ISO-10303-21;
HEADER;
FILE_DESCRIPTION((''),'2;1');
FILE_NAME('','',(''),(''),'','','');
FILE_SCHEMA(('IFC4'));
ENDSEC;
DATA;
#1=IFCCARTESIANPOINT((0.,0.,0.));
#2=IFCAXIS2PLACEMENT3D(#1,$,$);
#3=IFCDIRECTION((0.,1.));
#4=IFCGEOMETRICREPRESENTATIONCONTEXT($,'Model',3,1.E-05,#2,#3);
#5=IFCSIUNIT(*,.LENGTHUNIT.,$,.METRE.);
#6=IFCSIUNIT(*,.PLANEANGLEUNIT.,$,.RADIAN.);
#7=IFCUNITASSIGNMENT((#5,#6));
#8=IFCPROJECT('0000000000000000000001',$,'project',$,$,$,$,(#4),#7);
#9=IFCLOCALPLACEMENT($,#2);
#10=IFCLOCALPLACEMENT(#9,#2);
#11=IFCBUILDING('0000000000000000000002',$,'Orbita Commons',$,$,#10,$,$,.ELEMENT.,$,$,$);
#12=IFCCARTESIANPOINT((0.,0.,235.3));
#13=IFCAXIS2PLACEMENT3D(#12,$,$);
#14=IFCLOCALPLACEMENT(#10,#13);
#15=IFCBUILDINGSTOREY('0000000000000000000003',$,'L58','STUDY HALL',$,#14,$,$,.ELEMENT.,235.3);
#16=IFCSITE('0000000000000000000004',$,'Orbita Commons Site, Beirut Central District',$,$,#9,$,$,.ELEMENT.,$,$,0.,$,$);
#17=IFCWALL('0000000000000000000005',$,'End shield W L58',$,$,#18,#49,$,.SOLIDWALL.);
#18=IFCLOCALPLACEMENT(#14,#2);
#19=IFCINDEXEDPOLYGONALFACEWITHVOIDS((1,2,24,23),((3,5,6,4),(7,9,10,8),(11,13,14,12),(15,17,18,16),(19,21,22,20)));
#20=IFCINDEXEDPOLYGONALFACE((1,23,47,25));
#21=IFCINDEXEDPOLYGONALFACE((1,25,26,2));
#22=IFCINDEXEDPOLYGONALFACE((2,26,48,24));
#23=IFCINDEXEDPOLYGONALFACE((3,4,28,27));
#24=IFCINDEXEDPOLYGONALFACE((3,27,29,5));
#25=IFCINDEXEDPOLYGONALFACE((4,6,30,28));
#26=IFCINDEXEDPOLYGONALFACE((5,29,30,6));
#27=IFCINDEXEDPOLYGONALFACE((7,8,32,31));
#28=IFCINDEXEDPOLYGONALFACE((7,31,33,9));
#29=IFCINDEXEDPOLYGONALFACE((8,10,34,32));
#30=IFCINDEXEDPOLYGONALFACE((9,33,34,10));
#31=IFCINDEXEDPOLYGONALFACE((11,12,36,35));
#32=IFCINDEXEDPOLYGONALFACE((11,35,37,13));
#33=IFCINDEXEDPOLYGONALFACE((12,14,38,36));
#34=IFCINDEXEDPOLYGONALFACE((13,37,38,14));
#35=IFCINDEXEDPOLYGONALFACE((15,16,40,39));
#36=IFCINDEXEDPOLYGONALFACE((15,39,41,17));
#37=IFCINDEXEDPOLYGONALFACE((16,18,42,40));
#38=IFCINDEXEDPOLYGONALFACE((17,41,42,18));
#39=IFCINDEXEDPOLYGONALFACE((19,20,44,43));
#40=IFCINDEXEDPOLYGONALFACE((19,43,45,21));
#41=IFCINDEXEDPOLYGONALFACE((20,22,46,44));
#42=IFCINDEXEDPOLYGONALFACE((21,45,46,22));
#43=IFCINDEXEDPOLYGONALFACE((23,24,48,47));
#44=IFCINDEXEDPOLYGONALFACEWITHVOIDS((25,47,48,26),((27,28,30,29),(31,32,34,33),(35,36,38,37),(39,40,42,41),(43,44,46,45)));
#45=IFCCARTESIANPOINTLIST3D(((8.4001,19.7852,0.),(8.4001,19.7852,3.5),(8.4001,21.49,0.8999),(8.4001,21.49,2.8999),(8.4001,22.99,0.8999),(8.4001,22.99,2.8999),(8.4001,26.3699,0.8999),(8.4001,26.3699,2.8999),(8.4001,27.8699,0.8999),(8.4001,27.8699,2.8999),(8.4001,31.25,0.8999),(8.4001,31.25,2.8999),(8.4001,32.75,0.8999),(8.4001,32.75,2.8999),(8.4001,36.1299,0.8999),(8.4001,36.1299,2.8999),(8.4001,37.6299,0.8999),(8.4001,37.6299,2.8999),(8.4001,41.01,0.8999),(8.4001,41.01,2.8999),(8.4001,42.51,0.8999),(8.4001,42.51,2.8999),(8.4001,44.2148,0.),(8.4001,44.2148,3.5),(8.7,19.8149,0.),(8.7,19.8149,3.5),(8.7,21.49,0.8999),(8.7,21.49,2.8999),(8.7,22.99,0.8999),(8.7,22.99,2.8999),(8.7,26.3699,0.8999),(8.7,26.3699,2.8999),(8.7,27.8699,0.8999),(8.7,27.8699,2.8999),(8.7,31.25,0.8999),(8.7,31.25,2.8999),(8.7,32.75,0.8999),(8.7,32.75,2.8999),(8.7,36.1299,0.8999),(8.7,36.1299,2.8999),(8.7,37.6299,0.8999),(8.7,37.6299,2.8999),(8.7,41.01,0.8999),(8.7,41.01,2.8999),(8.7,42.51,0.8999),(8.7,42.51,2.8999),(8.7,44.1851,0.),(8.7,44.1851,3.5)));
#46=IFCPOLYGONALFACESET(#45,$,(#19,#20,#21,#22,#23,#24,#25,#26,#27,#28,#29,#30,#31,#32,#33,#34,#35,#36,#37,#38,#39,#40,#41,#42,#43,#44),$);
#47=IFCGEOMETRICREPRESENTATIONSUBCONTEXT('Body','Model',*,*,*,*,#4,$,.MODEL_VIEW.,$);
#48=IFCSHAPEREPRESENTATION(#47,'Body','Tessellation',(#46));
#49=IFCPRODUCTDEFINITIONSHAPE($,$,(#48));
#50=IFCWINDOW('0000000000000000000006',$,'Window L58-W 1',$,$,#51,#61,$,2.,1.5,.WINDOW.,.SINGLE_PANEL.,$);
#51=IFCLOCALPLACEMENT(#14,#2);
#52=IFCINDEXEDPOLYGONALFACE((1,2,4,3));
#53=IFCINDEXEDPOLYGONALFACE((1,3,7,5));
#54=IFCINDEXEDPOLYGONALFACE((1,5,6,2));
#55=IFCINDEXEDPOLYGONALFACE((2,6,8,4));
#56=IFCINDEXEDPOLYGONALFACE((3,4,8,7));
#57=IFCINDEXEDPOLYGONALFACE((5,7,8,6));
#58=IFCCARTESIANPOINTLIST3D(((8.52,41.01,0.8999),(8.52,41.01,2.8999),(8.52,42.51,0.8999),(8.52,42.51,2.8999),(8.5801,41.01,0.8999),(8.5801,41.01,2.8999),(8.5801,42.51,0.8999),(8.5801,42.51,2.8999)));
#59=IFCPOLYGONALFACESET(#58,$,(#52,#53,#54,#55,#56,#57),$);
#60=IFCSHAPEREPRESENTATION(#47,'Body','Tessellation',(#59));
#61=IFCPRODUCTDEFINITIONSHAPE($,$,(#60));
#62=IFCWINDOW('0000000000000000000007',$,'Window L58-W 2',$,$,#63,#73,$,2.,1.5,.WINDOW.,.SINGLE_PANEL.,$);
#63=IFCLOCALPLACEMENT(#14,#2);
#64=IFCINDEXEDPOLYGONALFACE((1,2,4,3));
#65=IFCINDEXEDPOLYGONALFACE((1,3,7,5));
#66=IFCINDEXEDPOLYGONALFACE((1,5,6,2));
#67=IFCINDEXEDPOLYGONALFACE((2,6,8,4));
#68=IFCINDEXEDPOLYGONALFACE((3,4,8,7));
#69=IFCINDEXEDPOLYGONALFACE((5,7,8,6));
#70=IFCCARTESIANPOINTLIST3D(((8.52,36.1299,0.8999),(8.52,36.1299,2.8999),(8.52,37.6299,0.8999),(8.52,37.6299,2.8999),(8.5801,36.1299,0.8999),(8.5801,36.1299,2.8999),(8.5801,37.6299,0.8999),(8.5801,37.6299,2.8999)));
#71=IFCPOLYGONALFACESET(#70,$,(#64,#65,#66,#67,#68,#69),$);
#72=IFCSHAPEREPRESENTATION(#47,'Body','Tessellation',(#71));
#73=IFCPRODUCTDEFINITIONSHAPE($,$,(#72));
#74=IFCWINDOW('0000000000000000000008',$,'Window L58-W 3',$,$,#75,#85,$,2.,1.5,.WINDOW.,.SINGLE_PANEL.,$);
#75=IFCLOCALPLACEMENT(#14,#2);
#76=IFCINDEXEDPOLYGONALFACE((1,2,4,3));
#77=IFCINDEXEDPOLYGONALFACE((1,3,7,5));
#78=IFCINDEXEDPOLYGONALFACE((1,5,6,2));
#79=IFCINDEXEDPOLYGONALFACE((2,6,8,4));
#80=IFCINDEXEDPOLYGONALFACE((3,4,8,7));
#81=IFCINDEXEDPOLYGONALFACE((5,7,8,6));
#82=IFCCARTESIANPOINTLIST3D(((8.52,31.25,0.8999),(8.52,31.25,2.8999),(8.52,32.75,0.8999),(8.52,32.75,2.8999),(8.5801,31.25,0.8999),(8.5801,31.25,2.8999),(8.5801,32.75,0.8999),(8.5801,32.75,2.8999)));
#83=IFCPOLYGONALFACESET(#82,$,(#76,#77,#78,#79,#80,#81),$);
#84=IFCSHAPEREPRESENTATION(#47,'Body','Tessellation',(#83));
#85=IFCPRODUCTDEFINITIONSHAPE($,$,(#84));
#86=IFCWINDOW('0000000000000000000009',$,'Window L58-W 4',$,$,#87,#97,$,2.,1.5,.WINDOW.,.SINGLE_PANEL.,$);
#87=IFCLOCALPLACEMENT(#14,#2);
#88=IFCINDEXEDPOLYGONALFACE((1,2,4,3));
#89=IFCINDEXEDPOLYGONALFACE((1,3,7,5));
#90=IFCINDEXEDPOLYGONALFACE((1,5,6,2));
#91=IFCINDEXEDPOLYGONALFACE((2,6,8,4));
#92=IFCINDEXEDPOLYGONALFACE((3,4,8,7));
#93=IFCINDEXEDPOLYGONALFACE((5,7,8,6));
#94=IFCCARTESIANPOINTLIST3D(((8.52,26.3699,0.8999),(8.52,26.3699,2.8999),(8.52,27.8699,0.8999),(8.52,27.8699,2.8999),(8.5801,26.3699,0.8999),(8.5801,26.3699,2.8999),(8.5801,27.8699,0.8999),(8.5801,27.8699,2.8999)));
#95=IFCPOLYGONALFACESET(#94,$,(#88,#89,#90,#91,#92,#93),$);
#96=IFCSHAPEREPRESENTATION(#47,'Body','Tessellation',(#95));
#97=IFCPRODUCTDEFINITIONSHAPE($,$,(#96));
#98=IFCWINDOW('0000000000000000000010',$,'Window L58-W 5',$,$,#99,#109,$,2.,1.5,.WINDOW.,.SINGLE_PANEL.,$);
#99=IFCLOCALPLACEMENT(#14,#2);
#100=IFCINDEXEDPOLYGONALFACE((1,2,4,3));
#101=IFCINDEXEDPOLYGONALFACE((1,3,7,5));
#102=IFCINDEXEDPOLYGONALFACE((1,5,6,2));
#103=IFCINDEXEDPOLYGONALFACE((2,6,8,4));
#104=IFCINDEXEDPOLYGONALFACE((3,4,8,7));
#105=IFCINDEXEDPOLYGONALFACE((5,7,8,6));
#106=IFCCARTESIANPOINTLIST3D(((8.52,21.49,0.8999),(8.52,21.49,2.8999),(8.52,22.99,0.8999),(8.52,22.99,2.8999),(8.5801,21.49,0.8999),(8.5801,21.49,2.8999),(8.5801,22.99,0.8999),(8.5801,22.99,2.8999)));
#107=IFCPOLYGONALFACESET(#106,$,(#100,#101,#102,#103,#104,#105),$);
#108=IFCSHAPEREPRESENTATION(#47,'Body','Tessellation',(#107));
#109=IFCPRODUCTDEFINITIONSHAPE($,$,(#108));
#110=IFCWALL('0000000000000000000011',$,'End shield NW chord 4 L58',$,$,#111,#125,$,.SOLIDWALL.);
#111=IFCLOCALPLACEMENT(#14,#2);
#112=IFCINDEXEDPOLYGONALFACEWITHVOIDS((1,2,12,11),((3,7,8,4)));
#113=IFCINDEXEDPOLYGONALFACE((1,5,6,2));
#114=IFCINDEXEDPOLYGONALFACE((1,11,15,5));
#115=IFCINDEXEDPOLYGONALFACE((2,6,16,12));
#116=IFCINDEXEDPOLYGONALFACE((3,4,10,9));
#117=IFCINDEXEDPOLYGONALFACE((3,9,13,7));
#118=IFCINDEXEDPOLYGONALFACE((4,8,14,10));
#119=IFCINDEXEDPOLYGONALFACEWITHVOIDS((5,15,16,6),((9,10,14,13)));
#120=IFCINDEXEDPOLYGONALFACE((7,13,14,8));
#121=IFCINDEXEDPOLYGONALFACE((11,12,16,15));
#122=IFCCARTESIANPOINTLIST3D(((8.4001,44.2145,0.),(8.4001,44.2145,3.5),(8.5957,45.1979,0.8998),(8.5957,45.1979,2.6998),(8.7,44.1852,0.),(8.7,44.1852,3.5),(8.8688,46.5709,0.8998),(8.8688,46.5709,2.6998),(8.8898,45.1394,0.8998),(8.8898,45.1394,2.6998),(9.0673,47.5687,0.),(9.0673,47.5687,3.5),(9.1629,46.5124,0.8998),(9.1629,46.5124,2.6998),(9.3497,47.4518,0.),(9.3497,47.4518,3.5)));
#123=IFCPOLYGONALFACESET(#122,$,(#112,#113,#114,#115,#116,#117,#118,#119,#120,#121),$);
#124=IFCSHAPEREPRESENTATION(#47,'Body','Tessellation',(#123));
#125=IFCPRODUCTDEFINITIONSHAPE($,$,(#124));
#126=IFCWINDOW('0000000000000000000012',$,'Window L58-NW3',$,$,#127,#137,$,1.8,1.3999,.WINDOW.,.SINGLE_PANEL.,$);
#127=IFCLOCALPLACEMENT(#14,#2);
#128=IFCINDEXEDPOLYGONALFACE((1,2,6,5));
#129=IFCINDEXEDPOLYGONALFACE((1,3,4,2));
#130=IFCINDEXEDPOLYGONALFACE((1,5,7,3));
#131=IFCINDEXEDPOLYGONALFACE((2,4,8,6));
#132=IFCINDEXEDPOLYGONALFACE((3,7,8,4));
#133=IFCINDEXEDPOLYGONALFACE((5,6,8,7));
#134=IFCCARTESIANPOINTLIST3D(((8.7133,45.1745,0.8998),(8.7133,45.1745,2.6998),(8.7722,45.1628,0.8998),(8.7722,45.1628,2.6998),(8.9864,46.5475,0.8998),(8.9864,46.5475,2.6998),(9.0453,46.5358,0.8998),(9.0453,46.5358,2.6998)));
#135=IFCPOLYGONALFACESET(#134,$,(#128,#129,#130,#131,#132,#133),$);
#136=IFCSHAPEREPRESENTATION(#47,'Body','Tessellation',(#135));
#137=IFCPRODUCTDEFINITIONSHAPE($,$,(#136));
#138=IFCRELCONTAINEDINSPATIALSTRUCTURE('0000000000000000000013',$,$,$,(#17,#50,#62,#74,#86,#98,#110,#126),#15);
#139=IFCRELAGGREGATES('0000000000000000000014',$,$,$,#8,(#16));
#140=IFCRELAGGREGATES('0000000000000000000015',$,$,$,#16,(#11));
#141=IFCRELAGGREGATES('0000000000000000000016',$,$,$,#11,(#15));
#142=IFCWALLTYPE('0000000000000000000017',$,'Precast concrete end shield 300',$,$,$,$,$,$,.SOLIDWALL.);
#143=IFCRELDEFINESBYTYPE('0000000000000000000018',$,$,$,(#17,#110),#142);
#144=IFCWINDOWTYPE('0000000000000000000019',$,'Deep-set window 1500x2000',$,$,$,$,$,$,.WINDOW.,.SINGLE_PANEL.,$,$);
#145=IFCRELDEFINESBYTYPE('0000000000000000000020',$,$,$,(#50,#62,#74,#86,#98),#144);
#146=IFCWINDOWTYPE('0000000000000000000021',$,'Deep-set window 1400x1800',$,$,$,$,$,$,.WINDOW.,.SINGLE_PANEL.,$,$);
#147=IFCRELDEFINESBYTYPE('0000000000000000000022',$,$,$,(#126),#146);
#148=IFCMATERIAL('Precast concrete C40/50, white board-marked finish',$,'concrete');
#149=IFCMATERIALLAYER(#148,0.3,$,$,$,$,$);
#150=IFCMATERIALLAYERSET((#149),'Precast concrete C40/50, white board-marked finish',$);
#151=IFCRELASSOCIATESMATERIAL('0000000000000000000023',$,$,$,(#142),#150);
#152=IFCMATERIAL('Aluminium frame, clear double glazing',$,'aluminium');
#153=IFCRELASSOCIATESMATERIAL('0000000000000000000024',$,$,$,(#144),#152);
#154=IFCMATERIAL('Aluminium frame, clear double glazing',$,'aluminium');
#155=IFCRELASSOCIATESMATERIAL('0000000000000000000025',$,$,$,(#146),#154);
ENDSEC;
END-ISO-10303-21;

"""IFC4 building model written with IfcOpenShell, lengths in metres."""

from ifc_helpers import new_model, si_unit, direction, frame, frame_2d, origin, place, context, subcontext, project, spatial, polyline, rectangle, outline, extrude, material, layer, layer_set, type_object, element, fill, save


model = new_model("IFC4")

# Units and contexts
model_context = context("Model", 3, precision=1e-05, world=origin(), true_north=direction((0.0, 1.0)))
body_context = subcontext(model_context, "Body", "Model", "MODEL_VIEW")
ifc_project = project(units=[si_unit("LENGTHUNIT", "METRE"), si_unit("PLANEANGLEUNIT", "RADIAN")], contexts=[model_context])

# Site, building, storey
site_placement = place(None, origin())
site = spatial("IfcSite", under=ifc_project, at=site_placement, Name="Orbita Commons Site, Beirut Central District", CompositionType="ELEMENT", RefElevation=0.0)
building_placement = place(site_placement, origin())
building = spatial("IfcBuilding", under=site, at=building_placement, Name="Orbita Commons", CompositionType="ELEMENT")
storey_placement = place(building_placement, frame((0.0, 0.0, 235.3)))
storey = spatial("IfcBuildingStorey", under=building, at=storey_placement, Name="L58", Description="STUDY HALL", CompositionType="ELEMENT", Elevation=235.3)

# Wall, openings, windows
ifc_material_1 = material(Name="Precast concrete C40/50, white board-marked finish", Category="concrete")
ifc_layer_1 = layer(ifc_material_1, 0.3)
ifc_layer_set_1 = layer_set([ifc_layer_1], Name="Precast concrete C40/50, white board-marked finish")
wall_type_1 = type_object("IfcWallType", Name="Precast concrete end shield 300", PredefinedType="SOLIDWALL", material=ifc_layer_set_1)
wall_1_placement = place(storey_placement, frame((8.55, 44.2, 0.0), z_axis=(0.0, 0.0, 1.0), x_axis=(0.0, -1.0, 0.0)))
wall_1 = element("IfcWall", 1, at=wall_1_placement, inside=storey, type_object=wall_type_1, Name="End shield W L58", PredefinedType="SOLIDWALL", context=body_context, shape_type="SweptSolid", body=[
    extrude(outline(polyline([(-0.0149, -0.1499), (24.4148, -0.1499), (24.385, 0.1499), (0.0149, 0.1499), (-0.0149, -0.1499)])), origin(), (0.0, 0.0, 1.0), 3.5),
])
opening_1_placement = place(wall_1_placement, frame((1.6899, 0.0, 0.8999)))
opening_1 = element("IfcOpeningElement", 2, at=opening_1_placement, cuts=wall_1, PredefinedType="OPENING", context=body_context, shape_type="SweptSolid", body=[
    extrude(rectangle(XDim=1.5, YDim=2.0, at=frame_2d((0.75, 1.0))), frame((0.0, 0.1599, 0.0), z_axis=(0.0, -1.0, 0.0), x_axis=(1.0, 0.0, 0.0)), (0.0, 0.0, 1.0), 0.3201),
])
opening_2_placement = place(wall_1_placement, frame((6.5701, 0.0, 0.8999)))
opening_2 = element("IfcOpeningElement", 3, at=opening_2_placement, cuts=wall_1, PredefinedType="OPENING", context=body_context, shape_type="SweptSolid", body=[
    extrude(rectangle(XDim=1.5, YDim=2.0, at=frame_2d((0.75, 1.0))), frame((0.0, 0.1599, 0.0), z_axis=(0.0, -1.0, 0.0), x_axis=(1.0, 0.0, 0.0)), (0.0, 0.0, 1.0), 0.3201),
])
opening_3_placement = place(wall_1_placement, frame((11.45, 0.0, 0.8999)))
opening_3 = element("IfcOpeningElement", 4, at=opening_3_placement, cuts=wall_1, PredefinedType="OPENING", context=body_context, shape_type="SweptSolid", body=[
    extrude(rectangle(XDim=1.5, YDim=2.0, at=frame_2d((0.75, 1.0))), frame((0.0, 0.1599, 0.0), z_axis=(0.0, -1.0, 0.0), x_axis=(1.0, 0.0, 0.0)), (0.0, 0.0, 1.0), 0.3201),
])
opening_4_placement = place(wall_1_placement, frame((16.3301, 0.0, 0.8999)))
opening_4 = element("IfcOpeningElement", 5, at=opening_4_placement, cuts=wall_1, PredefinedType="OPENING", context=body_context, shape_type="SweptSolid", body=[
    extrude(rectangle(XDim=1.5, YDim=2.0, at=frame_2d((0.75, 1.0))), frame((0.0, 0.1599, 0.0), z_axis=(0.0, -1.0, 0.0), x_axis=(1.0, 0.0, 0.0)), (0.0, 0.0, 1.0), 0.3201),
])
opening_5_placement = place(wall_1_placement, frame((21.21, 0.0, 0.8999)))
opening_5 = element("IfcOpeningElement", 6, at=opening_5_placement, cuts=wall_1, PredefinedType="OPENING", context=body_context, shape_type="SweptSolid", body=[
    extrude(rectangle(XDim=1.5, YDim=2.0, at=frame_2d((0.75, 1.0))), frame((0.0, 0.1599, 0.0), z_axis=(0.0, -1.0, 0.0), x_axis=(1.0, 0.0, 0.0)), (0.0, 0.0, 1.0), 0.3201),
])
ifc_material_2 = material(Name="Aluminium frame, clear double glazing", Category="aluminium")
window_type_1 = type_object("IfcWindowType", Name="Deep-set window 1500x2000", PartitioningType="SINGLE_PANEL", PredefinedType="WINDOW", material=ifc_material_2)
window_1_placement = place(opening_1_placement, origin())
window_1 = element("IfcWindow", 7, at=window_1_placement, inside=storey, type_object=window_type_1, Name="Window L58-W 1", OverallHeight=2.0, OverallWidth=1.5, PartitioningType="SINGLE_PANEL", PredefinedType="WINDOW", context=body_context, shape_type="SweptSolid", body=[
    extrude(rectangle(XDim=1.5, YDim=2.0, at=frame_2d((0.75, 1.0))), frame((0.0, 0.03, 0.0), z_axis=(0.0, -1.0, 0.0), x_axis=(1.0, 0.0, 0.0)), (0.0, 0.0, 1.0), 0.0601),
])
fill(opening_1, window_1)
window_2_placement = place(opening_2_placement, origin())
window_2 = element("IfcWindow", 8, at=window_2_placement, inside=storey, type_object=window_type_1, Name="Window L58-W 2", OverallHeight=2.0, OverallWidth=1.5, PartitioningType="SINGLE_PANEL", PredefinedType="WINDOW", context=body_context, shape_type="SweptSolid", body=[
    extrude(rectangle(XDim=1.5, YDim=2.0, at=frame_2d((0.75, 1.0))), frame((0.0, 0.03, 0.0), z_axis=(0.0, -1.0, 0.0), x_axis=(1.0, 0.0, 0.0)), (0.0, 0.0, 1.0), 0.0601),
])
fill(opening_2, window_2)
window_3_placement = place(opening_3_placement, origin())
window_3 = element("IfcWindow", 9, at=window_3_placement, inside=storey, type_object=window_type_1, Name="Window L58-W 3", OverallHeight=2.0, OverallWidth=1.5, PartitioningType="SINGLE_PANEL", PredefinedType="WINDOW", context=body_context, shape_type="SweptSolid", body=[
    extrude(rectangle(XDim=1.5, YDim=2.0, at=frame_2d((0.75, 1.0))), frame((0.0, 0.03, 0.0), z_axis=(0.0, -1.0, 0.0), x_axis=(1.0, 0.0, 0.0)), (0.0, 0.0, 1.0), 0.0601),
])
fill(opening_3, window_3)
window_4_placement = place(opening_4_placement, origin())
window_4 = element("IfcWindow", 10, at=window_4_placement, inside=storey, type_object=window_type_1, Name="Window L58-W 4", OverallHeight=2.0, OverallWidth=1.5, PartitioningType="SINGLE_PANEL", PredefinedType="WINDOW", context=body_context, shape_type="SweptSolid", body=[
    extrude(rectangle(XDim=1.5, YDim=2.0, at=frame_2d((0.75, 1.0))), frame((0.0, 0.03, 0.0), z_axis=(0.0, -1.0, 0.0), x_axis=(1.0, 0.0, 0.0)), (0.0, 0.0, 1.0), 0.0601),
])
fill(opening_4, window_4)
window_5_placement = place(opening_5_placement, origin())
window_5 = element("IfcWindow", 11, at=window_5_placement, inside=storey, type_object=window_type_1, Name="Window L58-W 5", OverallHeight=2.0, OverallWidth=1.5, PartitioningType="SINGLE_PANEL", PredefinedType="WINDOW", context=body_context, shape_type="SweptSolid", body=[
    extrude(rectangle(XDim=1.5, YDim=2.0, at=frame_2d((0.75, 1.0))), frame((0.0, 0.03, 0.0), z_axis=(0.0, -1.0, 0.0), x_axis=(1.0, 0.0, 0.0)), (0.0, 0.0, 1.0), 0.0601),
])
fill(opening_5, window_5)

# Wall, opening, window
wall_2_placement = place(storey_placement, frame((9.2085, 47.5103, 0.0), z_axis=(0.0, 0.0, 1.0), x_axis=(-0.195087, -0.980786, 0.0)))
wall_2 = element("IfcWall", 12, at=wall_2_placement, inside=storey, type_object=wall_type_1, Name="End shield NW chord 4 L58", PredefinedType="SOLIDWALL", context=body_context, shape_type="SweptSolid", body=[
    extrude(outline(polyline([(-0.0298, -0.1499), (3.3901, -0.1499), (3.3604, 0.1499), (0.0298, 0.1499), (-0.0298, -0.1499)])), origin(), (0.0, 0.0, 1.0), 3.5),
])
opening_6_placement = place(wall_2_placement, frame((0.9875, 0.0, 0.8999)))
opening_6 = element("IfcOpeningElement", 13, at=opening_6_placement, cuts=wall_2, PredefinedType="OPENING", context=body_context, shape_type="SweptSolid", body=[
    extrude(rectangle(XDim=1.3999, YDim=1.8, at=frame_2d((0.7, 0.8999))), frame((0.0, 0.1599, 0.0), z_axis=(0.0, -1.0, 0.0), x_axis=(1.0, 0.0, 0.0)), (0.0, 0.0, 1.0), 0.3201),
])
ifc_material_3 = material(Name="Aluminium frame, clear double glazing", Category="aluminium")
window_type_2 = type_object("IfcWindowType", Name="Deep-set window 1400x1800", PartitioningType="SINGLE_PANEL", PredefinedType="WINDOW", material=ifc_material_3)
window_6_placement = place(opening_6_placement, origin())
window_6 = element("IfcWindow", 14, at=window_6_placement, inside=storey, type_object=window_type_2, Name="Window L58-NW3", OverallHeight=1.8, OverallWidth=1.3999, PartitioningType="SINGLE_PANEL", PredefinedType="WINDOW", context=body_context, shape_type="SweptSolid", body=[
    extrude(rectangle(XDim=1.3999, YDim=1.8, at=frame_2d((0.7, 0.8999))), frame((0.0, 0.03, 0.0), z_axis=(0.0, -1.0, 0.0), x_axis=(1.0, 0.0, 0.0)), (0.0, 0.0, 1.0), 0.0601),
])
fill(opening_6, window_6)

save(model, "model.ifc")
